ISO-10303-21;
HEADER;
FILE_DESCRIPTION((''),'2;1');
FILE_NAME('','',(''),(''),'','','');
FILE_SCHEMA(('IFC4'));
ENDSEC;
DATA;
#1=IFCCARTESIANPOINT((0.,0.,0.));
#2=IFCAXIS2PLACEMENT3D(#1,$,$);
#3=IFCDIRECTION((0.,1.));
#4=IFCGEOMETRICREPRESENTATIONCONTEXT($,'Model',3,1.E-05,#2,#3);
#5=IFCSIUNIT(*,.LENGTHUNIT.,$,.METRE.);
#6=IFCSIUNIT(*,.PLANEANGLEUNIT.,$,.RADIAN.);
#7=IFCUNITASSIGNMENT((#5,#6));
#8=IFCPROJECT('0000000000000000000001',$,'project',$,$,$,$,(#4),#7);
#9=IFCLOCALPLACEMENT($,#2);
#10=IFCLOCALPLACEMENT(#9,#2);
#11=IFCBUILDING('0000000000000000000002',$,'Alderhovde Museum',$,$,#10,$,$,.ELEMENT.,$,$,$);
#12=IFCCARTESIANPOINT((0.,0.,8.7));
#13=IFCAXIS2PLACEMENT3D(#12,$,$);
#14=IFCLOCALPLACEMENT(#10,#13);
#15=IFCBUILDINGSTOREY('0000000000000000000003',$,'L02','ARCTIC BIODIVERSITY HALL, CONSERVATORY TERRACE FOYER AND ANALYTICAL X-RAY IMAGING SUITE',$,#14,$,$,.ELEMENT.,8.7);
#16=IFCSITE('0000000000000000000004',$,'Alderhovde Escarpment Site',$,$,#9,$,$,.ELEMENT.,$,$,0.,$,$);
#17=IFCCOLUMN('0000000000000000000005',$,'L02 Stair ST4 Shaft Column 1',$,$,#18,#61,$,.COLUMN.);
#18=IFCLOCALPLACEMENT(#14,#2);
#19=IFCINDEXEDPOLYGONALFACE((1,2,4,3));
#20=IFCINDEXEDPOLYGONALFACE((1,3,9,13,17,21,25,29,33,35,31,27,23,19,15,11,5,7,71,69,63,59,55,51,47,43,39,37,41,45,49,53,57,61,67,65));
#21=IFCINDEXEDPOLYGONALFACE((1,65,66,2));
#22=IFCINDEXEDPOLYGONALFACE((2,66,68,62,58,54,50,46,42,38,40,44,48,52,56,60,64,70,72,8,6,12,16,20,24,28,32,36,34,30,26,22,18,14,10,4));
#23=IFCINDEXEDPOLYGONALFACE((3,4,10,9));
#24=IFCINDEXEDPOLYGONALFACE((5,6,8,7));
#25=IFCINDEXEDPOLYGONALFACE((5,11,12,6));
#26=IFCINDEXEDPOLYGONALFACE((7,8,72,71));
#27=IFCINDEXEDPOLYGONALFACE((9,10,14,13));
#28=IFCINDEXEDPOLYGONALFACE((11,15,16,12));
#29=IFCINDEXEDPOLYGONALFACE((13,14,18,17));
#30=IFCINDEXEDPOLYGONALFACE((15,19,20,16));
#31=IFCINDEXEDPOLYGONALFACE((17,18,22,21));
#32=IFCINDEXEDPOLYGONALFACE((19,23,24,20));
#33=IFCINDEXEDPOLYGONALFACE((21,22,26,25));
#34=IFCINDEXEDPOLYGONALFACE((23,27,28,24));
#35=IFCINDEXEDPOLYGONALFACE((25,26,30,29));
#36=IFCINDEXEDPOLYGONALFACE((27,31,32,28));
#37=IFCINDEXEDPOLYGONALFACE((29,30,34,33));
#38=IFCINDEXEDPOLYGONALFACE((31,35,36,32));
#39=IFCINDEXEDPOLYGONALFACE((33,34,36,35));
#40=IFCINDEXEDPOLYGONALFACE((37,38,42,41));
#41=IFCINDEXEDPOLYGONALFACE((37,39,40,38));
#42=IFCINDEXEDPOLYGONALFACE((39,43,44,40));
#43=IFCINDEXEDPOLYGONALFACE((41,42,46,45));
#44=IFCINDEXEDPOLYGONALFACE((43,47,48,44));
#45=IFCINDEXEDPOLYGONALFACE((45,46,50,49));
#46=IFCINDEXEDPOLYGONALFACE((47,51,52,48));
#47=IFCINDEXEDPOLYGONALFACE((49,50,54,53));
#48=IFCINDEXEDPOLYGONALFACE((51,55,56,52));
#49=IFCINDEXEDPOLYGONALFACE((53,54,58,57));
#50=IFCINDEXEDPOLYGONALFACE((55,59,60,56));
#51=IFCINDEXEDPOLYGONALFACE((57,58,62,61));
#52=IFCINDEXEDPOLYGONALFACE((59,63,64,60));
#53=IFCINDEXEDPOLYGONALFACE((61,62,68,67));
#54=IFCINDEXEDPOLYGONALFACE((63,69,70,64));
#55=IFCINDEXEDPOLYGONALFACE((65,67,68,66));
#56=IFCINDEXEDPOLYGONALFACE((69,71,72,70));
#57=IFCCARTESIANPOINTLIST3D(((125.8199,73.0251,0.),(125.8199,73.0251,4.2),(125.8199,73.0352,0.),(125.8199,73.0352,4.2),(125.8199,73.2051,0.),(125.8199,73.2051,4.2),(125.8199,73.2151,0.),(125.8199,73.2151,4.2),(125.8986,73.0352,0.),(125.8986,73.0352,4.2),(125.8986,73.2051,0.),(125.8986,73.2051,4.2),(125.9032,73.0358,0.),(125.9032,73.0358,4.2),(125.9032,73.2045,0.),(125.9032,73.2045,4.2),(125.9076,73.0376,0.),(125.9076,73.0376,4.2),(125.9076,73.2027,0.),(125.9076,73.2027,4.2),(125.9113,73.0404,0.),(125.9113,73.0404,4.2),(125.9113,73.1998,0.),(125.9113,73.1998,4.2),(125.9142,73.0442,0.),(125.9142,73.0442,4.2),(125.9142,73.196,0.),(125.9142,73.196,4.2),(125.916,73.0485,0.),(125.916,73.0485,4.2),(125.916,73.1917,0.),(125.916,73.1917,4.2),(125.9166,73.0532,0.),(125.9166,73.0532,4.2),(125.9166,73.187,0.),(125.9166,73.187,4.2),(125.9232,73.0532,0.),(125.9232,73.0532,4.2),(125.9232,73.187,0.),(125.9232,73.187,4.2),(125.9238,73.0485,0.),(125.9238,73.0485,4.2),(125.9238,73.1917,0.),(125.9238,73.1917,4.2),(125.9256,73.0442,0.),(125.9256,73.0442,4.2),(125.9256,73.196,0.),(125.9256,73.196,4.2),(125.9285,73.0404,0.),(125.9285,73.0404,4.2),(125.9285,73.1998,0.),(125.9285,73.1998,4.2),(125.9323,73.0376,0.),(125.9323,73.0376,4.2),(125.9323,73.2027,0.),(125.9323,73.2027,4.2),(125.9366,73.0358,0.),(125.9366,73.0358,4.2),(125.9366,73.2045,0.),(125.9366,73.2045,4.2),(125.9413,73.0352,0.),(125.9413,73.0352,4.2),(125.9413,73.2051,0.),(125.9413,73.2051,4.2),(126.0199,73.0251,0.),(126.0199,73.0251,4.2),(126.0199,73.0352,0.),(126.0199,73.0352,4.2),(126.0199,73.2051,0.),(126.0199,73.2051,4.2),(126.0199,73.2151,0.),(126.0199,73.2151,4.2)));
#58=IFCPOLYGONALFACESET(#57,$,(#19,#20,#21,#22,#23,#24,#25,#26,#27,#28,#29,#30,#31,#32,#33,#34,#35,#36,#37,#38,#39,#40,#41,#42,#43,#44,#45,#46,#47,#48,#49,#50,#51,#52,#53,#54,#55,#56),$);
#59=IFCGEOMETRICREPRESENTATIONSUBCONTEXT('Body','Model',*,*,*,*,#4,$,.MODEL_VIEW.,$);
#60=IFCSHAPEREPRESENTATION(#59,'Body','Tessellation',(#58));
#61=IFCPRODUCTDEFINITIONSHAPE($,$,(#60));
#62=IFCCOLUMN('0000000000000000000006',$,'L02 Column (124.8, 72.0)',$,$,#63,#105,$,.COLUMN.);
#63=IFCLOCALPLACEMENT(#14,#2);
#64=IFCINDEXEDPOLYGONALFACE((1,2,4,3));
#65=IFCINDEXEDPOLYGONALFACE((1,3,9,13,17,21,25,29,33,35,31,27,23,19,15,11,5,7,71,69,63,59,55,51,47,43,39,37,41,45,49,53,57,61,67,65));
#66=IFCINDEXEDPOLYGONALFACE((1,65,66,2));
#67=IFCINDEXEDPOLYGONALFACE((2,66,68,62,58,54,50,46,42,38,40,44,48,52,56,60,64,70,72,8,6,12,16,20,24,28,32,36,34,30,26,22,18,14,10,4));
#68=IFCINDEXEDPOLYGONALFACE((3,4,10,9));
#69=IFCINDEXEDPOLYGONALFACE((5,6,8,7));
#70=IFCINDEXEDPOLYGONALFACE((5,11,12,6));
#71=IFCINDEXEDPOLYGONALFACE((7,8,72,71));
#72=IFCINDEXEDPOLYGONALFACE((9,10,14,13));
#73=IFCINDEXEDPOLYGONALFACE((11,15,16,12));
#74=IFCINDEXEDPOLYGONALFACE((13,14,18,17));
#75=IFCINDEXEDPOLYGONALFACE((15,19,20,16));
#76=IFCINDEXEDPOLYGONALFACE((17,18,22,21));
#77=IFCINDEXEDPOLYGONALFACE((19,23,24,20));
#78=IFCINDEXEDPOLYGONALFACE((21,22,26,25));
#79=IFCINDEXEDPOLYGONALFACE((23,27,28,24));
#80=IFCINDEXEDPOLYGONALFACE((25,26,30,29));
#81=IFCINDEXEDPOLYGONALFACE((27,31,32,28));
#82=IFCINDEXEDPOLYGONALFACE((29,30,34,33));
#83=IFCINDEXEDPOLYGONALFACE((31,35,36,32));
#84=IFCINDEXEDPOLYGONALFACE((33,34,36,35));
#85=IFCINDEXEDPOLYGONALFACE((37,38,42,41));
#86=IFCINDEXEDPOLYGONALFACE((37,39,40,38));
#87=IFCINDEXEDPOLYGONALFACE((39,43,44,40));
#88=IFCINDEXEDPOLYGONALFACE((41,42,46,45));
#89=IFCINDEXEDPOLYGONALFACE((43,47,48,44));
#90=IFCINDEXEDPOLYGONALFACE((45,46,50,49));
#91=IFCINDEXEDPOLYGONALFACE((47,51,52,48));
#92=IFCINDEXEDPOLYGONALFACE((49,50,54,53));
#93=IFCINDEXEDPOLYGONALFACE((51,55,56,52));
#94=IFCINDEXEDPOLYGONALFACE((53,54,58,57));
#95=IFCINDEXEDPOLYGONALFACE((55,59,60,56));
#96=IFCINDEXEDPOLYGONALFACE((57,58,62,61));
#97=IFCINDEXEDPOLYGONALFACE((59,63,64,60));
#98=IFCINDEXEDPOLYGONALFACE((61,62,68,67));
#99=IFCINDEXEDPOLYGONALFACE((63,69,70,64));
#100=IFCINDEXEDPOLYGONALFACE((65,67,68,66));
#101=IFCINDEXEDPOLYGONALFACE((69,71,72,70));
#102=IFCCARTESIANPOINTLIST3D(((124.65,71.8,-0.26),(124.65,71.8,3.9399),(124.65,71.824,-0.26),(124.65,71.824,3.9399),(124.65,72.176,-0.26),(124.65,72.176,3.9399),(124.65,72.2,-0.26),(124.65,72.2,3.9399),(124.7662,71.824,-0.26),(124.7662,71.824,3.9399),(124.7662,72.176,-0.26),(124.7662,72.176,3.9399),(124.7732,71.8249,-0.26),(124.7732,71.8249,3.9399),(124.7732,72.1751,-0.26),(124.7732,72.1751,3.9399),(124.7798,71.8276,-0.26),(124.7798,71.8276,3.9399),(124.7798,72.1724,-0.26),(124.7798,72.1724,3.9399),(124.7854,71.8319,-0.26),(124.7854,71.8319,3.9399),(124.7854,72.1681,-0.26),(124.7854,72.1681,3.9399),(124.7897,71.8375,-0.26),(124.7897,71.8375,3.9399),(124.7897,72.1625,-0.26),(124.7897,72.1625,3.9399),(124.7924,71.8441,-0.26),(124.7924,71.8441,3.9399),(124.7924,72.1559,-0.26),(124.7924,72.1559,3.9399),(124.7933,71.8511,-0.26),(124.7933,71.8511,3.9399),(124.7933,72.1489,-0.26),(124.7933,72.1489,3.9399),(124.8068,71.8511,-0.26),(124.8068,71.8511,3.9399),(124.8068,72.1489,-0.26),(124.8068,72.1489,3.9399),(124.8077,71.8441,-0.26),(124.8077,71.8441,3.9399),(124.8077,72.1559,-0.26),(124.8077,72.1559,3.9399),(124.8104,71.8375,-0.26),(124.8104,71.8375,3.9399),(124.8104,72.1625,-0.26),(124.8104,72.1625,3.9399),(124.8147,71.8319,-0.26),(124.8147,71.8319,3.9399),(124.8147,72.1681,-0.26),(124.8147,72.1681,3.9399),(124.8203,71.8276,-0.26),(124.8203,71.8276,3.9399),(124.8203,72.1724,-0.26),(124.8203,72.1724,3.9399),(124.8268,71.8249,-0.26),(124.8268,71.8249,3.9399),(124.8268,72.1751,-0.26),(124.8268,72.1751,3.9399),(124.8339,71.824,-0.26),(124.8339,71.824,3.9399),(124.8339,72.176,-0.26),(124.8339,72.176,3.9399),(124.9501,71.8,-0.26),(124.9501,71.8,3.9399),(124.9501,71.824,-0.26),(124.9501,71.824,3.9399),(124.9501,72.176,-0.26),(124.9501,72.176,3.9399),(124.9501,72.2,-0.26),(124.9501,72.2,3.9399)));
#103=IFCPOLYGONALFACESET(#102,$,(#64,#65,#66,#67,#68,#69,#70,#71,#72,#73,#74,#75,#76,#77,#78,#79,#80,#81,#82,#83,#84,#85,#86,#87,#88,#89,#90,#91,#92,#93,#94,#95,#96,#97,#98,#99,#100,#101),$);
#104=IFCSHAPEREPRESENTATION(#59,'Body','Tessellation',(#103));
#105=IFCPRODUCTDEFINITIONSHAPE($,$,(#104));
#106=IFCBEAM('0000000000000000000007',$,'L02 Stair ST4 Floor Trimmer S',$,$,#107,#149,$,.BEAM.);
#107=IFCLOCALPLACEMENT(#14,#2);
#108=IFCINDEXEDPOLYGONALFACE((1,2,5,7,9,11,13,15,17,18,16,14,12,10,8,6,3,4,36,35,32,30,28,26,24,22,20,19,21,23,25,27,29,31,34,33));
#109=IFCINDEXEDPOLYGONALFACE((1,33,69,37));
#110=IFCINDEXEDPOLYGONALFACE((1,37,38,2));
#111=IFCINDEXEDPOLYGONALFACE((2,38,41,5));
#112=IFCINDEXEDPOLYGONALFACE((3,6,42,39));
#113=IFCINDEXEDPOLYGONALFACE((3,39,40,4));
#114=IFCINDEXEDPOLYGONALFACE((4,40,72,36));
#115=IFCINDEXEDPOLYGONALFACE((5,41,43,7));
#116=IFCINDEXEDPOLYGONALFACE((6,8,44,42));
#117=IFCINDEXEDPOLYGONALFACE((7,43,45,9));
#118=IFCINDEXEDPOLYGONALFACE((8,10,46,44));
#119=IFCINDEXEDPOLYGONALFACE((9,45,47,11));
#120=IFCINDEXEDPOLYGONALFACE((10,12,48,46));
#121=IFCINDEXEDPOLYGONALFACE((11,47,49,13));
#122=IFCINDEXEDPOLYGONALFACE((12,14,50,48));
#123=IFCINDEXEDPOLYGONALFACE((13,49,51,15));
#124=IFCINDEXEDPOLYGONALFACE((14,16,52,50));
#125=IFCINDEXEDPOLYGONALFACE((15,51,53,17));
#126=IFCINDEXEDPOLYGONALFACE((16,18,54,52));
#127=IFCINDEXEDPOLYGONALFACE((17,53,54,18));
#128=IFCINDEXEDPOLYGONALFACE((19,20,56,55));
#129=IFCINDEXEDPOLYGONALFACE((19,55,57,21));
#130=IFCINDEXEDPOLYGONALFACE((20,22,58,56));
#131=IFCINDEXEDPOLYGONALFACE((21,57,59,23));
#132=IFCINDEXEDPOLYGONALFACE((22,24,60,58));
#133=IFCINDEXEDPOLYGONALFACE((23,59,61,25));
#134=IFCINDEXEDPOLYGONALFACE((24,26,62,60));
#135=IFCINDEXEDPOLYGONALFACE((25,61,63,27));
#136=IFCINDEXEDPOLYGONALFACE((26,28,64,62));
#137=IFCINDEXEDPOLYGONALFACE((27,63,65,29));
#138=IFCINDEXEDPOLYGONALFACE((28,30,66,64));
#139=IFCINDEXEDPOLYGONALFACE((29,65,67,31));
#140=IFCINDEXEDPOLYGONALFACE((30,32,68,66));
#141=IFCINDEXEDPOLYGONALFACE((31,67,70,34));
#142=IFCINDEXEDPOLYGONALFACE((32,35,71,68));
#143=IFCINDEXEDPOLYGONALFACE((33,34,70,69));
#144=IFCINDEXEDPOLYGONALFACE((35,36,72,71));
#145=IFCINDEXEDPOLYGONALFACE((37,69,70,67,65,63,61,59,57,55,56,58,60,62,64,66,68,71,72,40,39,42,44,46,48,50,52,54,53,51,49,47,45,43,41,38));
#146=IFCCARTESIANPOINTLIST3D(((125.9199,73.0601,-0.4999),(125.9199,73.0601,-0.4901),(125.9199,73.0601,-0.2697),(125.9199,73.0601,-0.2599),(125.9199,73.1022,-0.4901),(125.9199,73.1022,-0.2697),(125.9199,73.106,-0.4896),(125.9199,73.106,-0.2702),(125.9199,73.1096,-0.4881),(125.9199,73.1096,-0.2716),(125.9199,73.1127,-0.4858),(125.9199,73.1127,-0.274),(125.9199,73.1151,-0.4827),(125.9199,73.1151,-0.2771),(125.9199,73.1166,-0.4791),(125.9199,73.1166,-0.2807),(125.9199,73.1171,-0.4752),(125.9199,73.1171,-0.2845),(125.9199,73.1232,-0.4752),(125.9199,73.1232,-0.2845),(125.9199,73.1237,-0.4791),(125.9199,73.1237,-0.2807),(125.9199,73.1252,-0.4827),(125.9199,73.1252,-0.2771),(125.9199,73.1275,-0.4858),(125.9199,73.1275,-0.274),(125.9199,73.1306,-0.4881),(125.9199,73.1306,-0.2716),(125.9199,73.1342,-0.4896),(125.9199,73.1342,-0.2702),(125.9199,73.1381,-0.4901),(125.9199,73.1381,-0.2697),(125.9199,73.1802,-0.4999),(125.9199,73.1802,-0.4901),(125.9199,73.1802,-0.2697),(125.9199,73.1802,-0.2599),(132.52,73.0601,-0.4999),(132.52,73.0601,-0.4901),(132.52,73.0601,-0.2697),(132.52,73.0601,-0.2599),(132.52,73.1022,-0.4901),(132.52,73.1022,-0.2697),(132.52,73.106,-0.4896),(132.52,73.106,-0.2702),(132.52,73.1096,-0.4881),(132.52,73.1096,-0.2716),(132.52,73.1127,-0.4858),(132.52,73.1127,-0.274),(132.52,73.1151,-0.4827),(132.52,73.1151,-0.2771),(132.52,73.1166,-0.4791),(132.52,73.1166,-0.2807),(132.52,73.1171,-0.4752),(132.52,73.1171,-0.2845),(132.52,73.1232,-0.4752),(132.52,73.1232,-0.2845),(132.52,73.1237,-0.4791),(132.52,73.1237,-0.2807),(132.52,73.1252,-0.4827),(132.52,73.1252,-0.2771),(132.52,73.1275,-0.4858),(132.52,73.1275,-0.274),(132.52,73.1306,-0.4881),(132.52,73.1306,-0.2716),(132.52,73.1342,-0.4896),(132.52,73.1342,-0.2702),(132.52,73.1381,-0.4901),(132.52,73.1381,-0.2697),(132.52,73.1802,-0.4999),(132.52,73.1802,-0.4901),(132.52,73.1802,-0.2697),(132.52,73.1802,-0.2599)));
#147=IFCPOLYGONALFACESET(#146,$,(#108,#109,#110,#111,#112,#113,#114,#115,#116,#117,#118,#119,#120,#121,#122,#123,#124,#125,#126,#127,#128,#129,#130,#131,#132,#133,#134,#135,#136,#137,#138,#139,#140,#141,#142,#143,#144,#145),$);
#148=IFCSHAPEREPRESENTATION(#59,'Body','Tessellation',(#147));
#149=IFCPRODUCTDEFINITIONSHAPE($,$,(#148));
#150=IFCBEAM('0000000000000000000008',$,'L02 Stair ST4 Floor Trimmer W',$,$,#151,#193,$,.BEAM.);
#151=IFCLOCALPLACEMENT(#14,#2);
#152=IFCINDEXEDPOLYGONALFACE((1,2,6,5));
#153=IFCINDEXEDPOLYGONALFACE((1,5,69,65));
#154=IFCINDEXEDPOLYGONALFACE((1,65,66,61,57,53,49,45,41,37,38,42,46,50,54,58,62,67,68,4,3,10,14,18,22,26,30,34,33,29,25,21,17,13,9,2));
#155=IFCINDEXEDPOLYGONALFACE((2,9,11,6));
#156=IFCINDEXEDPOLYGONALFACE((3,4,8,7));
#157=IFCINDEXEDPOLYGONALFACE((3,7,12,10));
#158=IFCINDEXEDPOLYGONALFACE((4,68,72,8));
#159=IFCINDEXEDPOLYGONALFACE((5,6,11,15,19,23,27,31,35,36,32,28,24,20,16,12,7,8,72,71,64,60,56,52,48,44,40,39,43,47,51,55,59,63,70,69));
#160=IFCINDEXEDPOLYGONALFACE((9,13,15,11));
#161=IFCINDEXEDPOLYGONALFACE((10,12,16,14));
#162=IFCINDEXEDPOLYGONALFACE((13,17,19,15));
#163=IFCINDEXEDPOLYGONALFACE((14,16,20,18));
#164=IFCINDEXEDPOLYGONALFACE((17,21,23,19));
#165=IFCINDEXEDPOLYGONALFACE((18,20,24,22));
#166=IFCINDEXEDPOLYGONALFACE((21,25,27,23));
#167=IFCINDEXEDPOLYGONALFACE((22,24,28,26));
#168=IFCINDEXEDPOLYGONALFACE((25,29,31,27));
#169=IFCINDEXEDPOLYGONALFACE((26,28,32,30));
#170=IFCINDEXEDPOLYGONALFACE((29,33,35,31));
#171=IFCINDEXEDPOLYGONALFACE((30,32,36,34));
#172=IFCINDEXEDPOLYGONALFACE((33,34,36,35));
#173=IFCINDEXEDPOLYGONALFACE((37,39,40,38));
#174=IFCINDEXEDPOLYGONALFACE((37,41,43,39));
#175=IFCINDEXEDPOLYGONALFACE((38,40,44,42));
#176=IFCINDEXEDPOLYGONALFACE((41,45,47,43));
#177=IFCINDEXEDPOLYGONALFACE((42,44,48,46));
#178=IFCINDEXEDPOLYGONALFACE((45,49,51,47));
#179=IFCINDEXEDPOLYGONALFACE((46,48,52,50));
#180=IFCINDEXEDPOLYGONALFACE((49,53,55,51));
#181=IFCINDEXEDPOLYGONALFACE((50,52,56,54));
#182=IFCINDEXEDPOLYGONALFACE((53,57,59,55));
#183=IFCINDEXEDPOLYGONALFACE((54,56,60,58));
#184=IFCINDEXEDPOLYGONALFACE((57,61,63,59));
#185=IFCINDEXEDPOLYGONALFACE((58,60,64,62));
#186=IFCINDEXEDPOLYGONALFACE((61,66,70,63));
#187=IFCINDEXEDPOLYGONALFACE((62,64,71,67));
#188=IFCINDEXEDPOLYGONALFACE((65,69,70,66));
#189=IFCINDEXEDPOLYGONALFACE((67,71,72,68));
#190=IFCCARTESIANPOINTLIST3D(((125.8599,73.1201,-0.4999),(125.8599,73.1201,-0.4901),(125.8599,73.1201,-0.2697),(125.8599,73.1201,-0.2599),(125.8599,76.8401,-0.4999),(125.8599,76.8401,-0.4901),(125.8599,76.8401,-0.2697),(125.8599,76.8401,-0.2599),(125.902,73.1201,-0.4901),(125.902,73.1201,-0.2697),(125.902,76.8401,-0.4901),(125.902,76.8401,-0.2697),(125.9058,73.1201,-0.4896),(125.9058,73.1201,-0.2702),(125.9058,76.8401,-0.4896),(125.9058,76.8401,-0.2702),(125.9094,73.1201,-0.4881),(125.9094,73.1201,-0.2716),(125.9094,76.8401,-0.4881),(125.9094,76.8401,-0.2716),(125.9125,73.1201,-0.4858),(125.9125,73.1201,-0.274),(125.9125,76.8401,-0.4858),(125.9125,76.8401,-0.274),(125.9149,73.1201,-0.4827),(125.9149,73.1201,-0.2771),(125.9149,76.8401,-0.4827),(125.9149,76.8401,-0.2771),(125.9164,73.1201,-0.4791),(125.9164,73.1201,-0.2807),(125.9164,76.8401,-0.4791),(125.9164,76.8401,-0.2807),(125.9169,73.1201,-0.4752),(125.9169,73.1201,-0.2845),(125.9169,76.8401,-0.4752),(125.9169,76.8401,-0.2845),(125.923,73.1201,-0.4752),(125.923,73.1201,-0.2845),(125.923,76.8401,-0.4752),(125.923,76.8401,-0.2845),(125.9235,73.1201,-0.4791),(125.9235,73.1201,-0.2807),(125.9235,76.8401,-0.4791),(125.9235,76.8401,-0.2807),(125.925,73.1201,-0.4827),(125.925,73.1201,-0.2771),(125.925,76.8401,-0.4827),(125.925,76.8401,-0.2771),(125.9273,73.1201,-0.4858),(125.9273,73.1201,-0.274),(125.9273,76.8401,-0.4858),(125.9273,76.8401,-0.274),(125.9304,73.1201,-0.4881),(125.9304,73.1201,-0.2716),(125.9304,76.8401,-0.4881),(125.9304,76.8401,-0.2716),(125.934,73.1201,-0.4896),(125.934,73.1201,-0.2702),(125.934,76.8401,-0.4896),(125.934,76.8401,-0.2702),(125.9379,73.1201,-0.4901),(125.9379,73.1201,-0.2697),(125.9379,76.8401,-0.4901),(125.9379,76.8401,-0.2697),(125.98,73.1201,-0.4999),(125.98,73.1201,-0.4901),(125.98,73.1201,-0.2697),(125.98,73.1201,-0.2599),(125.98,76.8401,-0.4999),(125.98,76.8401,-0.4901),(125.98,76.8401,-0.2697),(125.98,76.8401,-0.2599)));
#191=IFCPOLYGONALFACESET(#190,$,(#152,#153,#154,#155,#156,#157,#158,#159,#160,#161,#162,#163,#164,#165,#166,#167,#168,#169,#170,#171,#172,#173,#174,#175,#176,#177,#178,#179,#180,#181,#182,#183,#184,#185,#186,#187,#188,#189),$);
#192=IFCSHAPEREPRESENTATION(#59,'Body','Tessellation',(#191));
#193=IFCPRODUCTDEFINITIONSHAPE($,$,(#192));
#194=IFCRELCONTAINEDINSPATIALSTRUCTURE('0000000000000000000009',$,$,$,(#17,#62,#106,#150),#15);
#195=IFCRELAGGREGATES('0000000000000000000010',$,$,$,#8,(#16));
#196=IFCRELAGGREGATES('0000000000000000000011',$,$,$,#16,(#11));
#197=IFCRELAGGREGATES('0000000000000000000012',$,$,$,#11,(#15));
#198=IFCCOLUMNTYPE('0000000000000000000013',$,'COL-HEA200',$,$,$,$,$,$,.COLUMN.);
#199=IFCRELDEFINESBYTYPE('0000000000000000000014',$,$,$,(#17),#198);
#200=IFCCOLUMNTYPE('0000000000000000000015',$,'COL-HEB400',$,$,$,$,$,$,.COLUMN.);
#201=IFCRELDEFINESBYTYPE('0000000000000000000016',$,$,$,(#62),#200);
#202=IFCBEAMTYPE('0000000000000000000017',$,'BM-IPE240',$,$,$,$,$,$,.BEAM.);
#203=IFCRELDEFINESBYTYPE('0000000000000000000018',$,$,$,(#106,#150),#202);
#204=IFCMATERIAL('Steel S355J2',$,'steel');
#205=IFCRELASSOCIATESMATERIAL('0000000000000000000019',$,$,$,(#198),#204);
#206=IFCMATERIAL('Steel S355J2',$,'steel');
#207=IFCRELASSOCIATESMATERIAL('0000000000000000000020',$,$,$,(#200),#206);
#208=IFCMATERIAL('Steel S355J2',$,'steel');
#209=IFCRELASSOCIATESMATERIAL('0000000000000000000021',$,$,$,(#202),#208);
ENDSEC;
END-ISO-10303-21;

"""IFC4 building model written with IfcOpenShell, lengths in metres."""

from ifc_helpers import new_model, si_unit, direction, frame, origin, origin_2d, place, context, subcontext, project, spatial, i_section, extrude, material, material_profile, profile_set, type_object, element, save


model = new_model("IFC4")

# Units and contexts
model_context = context("Model", 3, precision=1e-05, world=origin(), true_north=direction((0.0, 1.0)))
body_context = subcontext(model_context, "Body", "Model", "MODEL_VIEW")
ifc_project = project(units=[si_unit("LENGTHUNIT", "METRE"), si_unit("PLANEANGLEUNIT", "RADIAN")], contexts=[model_context])

# Site, building, storey
site_placement = place(None, origin())
site = spatial("IfcSite", under=ifc_project, at=site_placement, Name="Alderhovde Escarpment Site", CompositionType="ELEMENT", RefElevation=0.0)
building_placement = place(site_placement, origin())
building = spatial("IfcBuilding", under=site, at=building_placement, Name="Alderhovde Museum", CompositionType="ELEMENT")
storey_placement = place(building_placement, frame((0.0, 0.0, 8.7)))
storey = spatial("IfcBuildingStorey", under=building, at=storey_placement, Name="L02", Description="ARCTIC BIODIVERSITY HALL, CONSERVATORY TERRACE FOYER AND ANALYTICAL X-RAY IMAGING SUITE", CompositionType="ELEMENT", Elevation=8.7)

# Columns
ifc_material_1 = material(Name="Steel S355J2", Category="steel")
ifc_material_profile_1 = material_profile(ifc_material_1, i_section(OverallWidth=0.2, OverallDepth=0.1899, WebThickness=0.0066, FlangeThickness=0.01, FilletRadius=0.0181, at=origin_2d()), Name="HEA 200")
ifc_profile_set_1 = profile_set([ifc_material_profile_1], Name="Steel S355J2")
column_type_1 = type_object("IfcColumnType", Name="COL-HEA200", PredefinedType="COLUMN", material=ifc_profile_set_1)
column_1_placement = place(storey_placement, frame((125.9199, 73.1201, 0.0), z_axis=(0.0, 0.0, 1.0), x_axis=(1.0, 0.0, 0.0)))
element("IfcColumn", 1, at=column_1_placement, inside=storey, type_object=column_type_1, Name="L02 Stair ST4 Shaft Column 1", PredefinedType="COLUMN", context=body_context, shape_type="SweptSolid", body=[
    extrude(i_section(OverallWidth=0.2, OverallDepth=0.1899, WebThickness=0.0066, FlangeThickness=0.01, FilletRadius=0.0181, at=origin_2d()), origin(), (0.0, 0.0, 1.0), 4.2),
])
ifc_material_2 = material(Name="Steel S355J2", Category="steel")
ifc_material_profile_2 = material_profile(ifc_material_2, i_section(OverallWidth=0.3, OverallDepth=0.3999, WebThickness=0.0134, FlangeThickness=0.0239, FilletRadius=0.0271, at=origin_2d()), Name="HEB 400")
ifc_profile_set_2 = profile_set([ifc_material_profile_2], Name="Steel S355J2")
column_type_2 = type_object("IfcColumnType", Name="COL-HEB400", PredefinedType="COLUMN", material=ifc_profile_set_2)
column_2_placement = place(storey_placement, frame((124.8, 72.0, -0.26), z_axis=(0.0, 0.0, 1.0), x_axis=(1.0, 0.0, 0.0)))
element("IfcColumn", 2, at=column_2_placement, inside=storey, type_object=column_type_2, Name="L02 Column (124.8, 72.0)", PredefinedType="COLUMN", context=body_context, shape_type="SweptSolid", body=[
    extrude(i_section(OverallWidth=0.3, OverallDepth=0.3999, WebThickness=0.0134, FlangeThickness=0.0239, FilletRadius=0.0271, at=origin_2d()), origin(), (0.0, 0.0, 1.0), 4.2),
])

# Beams
ifc_material_3 = material(Name="Steel S355J2", Category="steel")
ifc_material_profile_3 = material_profile(ifc_material_3, i_section(OverallWidth=0.1201, OverallDepth=0.24, WebThickness=0.0061, FlangeThickness=0.0098, FilletRadius=0.0149, at=origin_2d()), Name="IPE 240")
ifc_profile_set_3 = profile_set([ifc_material_profile_3], Name="Steel S355J2")
beam_type_1 = type_object("IfcBeamType", Name="BM-IPE240", PredefinedType="BEAM", material=ifc_profile_set_3)
beam_1_placement = place(storey_placement, frame((125.9199, 73.1201, -0.3799), z_axis=(1.0, 0.0, 0.0), x_axis=(0.0, 1.0, 0.0)))
element("IfcBeam", 3, at=beam_1_placement, inside=storey, type_object=beam_type_1, Name="L02 Stair ST4 Floor Trimmer S", PredefinedType="BEAM", context=body_context, shape_type="SweptSolid", body=[
    extrude(i_section(OverallWidth=0.1201, OverallDepth=0.24, WebThickness=0.0061, FlangeThickness=0.0098, FilletRadius=0.0149, at=origin_2d()), origin(), (0.0, 0.0, 1.0), 6.6001),
])
beam_2_placement = place(storey_placement, frame((125.9199, 73.1201, -0.3799), z_axis=(0.0, 1.0, 0.0), x_axis=(-1.0, 0.0, 0.0)))
element("IfcBeam", 4, at=beam_2_placement, inside=storey, type_object=beam_type_1, Name="L02 Stair ST4 Floor Trimmer W", PredefinedType="BEAM", context=body_context, shape_type="SweptSolid", body=[
    extrude(i_section(OverallWidth=0.1201, OverallDepth=0.24, WebThickness=0.0061, FlangeThickness=0.0098, FilletRadius=0.0149, at=origin_2d()), origin(), (0.0, 0.0, 1.0), 3.72),
])

save(model, "model.ifc")
